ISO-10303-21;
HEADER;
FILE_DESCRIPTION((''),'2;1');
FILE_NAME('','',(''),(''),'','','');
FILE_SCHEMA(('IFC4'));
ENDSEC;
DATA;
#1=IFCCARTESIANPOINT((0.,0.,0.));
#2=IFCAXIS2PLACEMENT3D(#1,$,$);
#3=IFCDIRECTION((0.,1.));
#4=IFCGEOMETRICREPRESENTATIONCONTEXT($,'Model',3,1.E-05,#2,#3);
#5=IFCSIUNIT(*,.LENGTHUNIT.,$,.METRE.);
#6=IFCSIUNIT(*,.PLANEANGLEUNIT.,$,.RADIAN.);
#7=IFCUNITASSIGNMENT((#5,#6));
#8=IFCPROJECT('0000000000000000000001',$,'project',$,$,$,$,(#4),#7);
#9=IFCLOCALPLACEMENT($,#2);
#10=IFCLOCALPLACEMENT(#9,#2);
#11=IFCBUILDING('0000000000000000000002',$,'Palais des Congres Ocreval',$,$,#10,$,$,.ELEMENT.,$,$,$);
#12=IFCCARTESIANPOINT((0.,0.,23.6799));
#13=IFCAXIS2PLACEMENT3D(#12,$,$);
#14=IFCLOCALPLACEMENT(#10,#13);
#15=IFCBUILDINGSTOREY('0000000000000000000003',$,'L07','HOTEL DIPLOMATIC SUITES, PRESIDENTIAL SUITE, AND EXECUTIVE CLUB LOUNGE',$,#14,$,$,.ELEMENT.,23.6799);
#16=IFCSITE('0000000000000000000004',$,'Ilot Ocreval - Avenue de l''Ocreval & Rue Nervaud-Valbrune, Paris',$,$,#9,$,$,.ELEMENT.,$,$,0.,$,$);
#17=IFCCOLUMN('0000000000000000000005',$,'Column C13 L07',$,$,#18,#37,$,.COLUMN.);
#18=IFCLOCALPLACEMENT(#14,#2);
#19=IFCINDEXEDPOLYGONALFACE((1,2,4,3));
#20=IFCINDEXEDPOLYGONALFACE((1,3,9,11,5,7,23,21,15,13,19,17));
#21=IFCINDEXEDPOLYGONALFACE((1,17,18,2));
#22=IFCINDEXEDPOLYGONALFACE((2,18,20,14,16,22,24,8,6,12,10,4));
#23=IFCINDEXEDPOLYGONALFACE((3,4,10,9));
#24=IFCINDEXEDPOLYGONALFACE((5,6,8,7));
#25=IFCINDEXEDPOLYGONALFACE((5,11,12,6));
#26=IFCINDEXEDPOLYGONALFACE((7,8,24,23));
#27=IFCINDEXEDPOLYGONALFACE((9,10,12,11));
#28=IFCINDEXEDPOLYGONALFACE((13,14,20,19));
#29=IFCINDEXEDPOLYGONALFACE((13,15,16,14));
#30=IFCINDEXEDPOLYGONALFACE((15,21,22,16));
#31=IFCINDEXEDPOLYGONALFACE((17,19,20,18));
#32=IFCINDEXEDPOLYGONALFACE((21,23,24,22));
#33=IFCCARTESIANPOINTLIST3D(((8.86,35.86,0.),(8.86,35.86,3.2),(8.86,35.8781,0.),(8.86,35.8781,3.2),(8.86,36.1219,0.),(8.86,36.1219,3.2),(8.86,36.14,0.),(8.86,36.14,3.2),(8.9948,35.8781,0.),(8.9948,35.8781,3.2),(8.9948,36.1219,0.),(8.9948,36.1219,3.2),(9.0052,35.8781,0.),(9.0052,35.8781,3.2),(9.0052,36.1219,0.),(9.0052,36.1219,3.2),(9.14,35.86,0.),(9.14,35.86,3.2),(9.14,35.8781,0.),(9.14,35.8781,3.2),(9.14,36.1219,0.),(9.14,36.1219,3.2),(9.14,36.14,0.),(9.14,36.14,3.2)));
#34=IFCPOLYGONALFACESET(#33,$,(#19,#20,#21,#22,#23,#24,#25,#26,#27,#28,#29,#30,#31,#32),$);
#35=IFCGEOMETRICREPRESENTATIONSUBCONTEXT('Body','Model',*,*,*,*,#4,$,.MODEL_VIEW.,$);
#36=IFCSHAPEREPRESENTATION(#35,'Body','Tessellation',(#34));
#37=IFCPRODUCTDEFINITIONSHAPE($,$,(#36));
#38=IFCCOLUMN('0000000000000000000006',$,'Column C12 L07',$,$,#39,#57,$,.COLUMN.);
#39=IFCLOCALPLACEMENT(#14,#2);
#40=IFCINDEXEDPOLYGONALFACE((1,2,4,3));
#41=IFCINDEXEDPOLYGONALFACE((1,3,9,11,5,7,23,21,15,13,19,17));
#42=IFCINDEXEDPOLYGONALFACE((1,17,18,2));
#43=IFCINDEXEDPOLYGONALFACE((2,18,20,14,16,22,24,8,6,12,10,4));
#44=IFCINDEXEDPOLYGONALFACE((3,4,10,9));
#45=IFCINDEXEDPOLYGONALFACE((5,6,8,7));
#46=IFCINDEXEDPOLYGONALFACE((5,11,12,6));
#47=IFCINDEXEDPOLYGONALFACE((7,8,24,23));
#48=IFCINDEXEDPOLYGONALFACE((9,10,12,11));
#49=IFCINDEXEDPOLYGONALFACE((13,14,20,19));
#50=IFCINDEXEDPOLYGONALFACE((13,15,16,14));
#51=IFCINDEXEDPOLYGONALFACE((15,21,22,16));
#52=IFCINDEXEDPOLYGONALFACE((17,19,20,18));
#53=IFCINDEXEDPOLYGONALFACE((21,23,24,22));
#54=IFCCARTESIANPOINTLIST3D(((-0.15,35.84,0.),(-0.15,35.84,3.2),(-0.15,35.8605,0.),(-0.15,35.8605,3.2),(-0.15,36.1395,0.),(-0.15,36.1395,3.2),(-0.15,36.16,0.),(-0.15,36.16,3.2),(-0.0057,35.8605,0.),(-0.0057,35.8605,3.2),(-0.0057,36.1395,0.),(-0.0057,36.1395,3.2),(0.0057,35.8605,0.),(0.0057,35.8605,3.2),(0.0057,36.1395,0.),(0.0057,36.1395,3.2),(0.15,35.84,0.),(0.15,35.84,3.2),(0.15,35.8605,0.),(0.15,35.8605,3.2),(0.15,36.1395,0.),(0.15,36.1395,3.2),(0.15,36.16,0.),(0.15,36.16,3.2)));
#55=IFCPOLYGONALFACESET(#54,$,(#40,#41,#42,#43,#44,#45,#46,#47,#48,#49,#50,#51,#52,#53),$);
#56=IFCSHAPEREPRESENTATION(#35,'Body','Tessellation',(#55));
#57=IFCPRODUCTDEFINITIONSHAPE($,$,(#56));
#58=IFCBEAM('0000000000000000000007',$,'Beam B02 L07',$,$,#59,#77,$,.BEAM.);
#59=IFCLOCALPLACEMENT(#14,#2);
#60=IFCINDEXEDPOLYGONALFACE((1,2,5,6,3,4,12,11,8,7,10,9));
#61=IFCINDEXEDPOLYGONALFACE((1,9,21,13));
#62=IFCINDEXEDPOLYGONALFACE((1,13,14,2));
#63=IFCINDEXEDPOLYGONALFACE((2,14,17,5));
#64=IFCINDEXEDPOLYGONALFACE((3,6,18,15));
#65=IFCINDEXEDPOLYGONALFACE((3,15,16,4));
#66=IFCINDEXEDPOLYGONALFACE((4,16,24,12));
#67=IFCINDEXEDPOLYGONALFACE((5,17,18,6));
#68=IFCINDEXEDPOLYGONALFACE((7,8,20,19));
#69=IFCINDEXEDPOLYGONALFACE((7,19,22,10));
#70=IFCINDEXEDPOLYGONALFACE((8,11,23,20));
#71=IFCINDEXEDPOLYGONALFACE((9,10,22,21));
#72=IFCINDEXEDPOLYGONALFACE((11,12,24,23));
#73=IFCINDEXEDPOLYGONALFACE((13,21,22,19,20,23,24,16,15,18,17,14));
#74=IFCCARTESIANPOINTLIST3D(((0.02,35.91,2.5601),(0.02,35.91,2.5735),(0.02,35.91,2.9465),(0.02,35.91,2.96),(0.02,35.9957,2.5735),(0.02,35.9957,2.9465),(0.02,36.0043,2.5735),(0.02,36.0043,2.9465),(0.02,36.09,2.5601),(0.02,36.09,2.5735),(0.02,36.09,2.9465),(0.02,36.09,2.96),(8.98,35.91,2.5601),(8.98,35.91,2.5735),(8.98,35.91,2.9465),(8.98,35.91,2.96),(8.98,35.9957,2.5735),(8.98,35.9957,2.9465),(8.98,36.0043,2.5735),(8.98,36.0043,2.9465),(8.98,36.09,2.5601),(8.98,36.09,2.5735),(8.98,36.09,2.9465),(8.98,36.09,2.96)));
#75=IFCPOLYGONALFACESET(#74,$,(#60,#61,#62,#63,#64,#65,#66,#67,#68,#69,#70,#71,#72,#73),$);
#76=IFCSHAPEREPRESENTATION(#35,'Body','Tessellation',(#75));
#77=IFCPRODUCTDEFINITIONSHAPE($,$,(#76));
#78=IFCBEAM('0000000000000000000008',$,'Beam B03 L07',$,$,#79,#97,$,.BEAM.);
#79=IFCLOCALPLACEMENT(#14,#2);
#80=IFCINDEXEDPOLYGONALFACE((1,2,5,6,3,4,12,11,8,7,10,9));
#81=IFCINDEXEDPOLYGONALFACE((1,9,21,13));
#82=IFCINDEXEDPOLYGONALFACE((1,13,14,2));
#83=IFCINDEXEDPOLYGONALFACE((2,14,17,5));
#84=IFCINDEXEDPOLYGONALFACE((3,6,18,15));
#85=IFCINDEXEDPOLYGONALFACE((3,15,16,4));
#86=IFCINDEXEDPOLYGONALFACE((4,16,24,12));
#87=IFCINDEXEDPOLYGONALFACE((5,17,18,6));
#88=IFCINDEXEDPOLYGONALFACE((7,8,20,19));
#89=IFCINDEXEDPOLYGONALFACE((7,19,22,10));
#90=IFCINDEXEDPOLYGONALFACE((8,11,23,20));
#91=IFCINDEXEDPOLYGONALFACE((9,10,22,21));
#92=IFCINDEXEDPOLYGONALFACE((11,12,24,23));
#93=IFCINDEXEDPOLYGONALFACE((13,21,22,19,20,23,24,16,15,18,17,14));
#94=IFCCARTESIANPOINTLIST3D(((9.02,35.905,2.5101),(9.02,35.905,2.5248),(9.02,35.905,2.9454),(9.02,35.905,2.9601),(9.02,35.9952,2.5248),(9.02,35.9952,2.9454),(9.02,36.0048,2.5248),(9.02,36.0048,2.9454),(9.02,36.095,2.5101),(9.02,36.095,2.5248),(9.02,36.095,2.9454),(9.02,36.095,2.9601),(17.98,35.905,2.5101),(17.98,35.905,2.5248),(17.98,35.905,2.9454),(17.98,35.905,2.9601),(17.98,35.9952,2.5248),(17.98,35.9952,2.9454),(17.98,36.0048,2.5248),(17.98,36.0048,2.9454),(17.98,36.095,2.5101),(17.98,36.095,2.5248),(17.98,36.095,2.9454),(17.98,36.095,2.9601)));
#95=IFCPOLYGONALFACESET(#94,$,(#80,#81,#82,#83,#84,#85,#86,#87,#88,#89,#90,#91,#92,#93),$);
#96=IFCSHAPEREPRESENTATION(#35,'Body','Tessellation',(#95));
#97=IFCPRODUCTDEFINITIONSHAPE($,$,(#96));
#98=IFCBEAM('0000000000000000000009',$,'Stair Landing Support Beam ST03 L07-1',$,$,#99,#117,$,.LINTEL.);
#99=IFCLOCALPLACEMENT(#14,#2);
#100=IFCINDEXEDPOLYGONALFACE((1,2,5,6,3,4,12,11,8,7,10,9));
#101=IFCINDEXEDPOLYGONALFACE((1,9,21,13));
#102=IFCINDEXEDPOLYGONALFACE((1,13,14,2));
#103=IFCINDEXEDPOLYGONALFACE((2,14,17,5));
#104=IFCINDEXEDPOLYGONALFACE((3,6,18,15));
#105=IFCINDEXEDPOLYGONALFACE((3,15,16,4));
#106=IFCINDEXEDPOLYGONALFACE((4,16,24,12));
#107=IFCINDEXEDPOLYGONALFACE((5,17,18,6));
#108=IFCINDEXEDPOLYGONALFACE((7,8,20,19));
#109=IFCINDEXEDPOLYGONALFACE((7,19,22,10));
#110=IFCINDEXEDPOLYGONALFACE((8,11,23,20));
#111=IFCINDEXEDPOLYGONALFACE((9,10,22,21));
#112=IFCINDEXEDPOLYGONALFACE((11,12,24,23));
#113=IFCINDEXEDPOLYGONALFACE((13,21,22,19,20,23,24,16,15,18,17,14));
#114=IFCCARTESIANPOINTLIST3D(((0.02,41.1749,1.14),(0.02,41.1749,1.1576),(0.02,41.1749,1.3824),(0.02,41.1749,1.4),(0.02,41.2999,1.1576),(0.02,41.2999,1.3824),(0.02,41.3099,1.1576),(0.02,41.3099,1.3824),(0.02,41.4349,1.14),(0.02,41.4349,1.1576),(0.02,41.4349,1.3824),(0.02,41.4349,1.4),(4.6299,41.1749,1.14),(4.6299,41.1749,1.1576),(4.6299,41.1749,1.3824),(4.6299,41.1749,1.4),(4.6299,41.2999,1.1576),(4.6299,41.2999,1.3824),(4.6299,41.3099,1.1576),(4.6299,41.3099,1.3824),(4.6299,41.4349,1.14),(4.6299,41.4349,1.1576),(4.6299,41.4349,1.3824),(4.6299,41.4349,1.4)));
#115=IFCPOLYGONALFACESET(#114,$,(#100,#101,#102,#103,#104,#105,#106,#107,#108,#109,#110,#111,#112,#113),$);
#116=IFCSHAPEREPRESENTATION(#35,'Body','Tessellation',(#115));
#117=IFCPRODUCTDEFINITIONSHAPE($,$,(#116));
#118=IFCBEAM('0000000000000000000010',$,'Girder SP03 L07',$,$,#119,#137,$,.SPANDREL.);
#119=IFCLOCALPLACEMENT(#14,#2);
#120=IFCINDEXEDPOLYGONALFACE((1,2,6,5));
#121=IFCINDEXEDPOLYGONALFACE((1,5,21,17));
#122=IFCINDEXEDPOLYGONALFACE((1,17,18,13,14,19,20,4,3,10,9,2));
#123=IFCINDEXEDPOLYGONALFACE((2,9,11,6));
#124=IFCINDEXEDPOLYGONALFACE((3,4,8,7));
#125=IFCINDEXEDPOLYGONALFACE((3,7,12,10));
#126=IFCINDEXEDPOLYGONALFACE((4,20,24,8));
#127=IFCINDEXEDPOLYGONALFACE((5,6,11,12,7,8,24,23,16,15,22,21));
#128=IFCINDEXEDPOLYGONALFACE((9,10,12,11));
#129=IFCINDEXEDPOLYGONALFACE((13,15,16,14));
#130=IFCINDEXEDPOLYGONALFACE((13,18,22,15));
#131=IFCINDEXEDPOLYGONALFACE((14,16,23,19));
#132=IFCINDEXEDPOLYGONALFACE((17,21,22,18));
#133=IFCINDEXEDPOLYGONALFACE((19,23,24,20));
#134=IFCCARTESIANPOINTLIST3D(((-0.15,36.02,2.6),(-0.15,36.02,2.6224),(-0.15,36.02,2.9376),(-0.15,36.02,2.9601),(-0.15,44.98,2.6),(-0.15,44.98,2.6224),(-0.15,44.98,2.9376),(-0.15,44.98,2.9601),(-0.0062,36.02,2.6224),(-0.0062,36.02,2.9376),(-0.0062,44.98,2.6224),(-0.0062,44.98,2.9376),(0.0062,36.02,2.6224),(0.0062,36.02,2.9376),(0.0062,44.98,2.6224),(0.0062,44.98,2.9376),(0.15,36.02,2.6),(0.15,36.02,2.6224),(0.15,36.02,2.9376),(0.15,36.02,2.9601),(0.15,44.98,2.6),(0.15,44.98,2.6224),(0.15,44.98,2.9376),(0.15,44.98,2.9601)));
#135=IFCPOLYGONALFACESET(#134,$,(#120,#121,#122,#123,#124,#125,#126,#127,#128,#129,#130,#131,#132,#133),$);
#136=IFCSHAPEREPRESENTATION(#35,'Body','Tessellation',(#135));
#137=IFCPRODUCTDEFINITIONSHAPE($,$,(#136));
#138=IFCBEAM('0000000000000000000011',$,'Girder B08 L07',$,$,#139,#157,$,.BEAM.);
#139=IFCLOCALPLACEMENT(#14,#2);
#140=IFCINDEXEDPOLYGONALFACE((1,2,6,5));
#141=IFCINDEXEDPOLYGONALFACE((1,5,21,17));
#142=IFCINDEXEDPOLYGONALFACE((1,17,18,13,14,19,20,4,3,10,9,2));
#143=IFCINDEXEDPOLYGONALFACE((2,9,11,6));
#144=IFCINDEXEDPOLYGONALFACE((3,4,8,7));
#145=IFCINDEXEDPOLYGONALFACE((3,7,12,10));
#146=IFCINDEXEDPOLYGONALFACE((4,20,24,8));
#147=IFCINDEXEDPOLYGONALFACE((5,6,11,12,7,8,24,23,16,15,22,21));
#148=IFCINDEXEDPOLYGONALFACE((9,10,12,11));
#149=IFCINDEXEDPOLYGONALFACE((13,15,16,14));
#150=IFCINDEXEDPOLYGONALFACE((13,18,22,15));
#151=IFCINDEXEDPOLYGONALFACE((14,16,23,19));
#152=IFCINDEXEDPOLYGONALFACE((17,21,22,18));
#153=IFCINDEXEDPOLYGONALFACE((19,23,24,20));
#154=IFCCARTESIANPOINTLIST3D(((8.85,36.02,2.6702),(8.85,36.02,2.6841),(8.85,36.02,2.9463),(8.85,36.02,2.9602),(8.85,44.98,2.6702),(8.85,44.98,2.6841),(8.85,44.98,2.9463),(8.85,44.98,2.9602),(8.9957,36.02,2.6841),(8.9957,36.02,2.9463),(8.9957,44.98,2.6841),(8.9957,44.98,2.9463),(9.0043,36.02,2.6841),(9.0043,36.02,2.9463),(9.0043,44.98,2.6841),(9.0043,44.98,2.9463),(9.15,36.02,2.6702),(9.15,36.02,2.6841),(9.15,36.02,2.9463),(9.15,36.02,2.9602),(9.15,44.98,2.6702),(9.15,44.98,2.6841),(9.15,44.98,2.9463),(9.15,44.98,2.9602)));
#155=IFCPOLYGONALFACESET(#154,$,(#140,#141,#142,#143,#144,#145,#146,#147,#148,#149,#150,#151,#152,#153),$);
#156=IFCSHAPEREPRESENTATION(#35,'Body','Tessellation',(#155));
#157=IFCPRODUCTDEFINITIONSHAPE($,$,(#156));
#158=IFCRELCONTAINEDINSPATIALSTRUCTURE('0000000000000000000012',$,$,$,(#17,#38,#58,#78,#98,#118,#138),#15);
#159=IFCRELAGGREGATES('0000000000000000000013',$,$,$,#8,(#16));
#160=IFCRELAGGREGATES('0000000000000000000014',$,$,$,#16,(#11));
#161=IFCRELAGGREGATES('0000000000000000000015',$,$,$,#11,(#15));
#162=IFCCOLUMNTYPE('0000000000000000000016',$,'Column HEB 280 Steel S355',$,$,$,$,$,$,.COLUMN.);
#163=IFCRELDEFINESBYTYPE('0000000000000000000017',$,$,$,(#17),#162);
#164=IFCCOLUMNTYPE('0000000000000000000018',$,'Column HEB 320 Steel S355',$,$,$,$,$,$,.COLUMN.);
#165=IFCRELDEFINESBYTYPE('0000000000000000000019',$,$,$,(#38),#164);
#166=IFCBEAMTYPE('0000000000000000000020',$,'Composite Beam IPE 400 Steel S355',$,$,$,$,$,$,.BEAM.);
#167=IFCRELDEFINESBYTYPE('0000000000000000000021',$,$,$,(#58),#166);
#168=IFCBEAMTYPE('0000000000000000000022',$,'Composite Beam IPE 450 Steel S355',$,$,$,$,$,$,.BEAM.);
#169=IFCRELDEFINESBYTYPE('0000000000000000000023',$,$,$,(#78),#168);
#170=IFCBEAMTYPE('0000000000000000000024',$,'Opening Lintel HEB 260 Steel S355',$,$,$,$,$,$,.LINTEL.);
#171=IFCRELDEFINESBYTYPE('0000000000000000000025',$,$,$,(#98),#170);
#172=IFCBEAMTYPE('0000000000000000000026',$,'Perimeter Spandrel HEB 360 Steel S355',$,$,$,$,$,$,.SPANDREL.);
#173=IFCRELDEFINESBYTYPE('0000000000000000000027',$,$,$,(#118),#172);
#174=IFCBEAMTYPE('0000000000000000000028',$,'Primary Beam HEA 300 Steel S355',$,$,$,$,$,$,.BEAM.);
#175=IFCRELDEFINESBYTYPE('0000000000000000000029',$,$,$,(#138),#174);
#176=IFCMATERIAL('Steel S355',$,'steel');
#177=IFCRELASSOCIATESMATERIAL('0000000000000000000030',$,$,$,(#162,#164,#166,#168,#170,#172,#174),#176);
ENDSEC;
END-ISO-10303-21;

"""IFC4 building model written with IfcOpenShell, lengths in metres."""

from ifc_helpers import new_model, si_unit, direction, frame, origin, origin_2d, place, context, subcontext, project, spatial, i_section, extrude, material, material_profile, profile_set, type_object, element, save


model = new_model("IFC4")

# Units and contexts
model_context = context("Model", 3, precision=1e-05, world=origin(), true_north=direction((0.0, 1.0)))
body_context = subcontext(model_context, "Body", "Model", "MODEL_VIEW")
ifc_project = project(units=[si_unit("LENGTHUNIT", "METRE"), si_unit("PLANEANGLEUNIT", "RADIAN")], contexts=[model_context])

# Site, building, storey
site_placement = place(None, origin())
site = spatial("IfcSite", under=ifc_project, at=site_placement, Name="Ilot Ocreval - Avenue de l'Ocreval & Rue Nervaud-Valbrune, Paris", CompositionType="ELEMENT", RefElevation=0.0)
building_placement = place(site_placement, origin())
building = spatial("IfcBuilding", under=site, at=building_placement, Name="Palais des Congres Ocreval", CompositionType="ELEMENT")
storey_placement = place(building_placement, frame((0.0, 0.0, 23.6799)))
storey = spatial("IfcBuildingStorey", under=building, at=storey_placement, Name="L07", Description="HOTEL DIPLOMATIC SUITES, PRESIDENTIAL SUITE, AND EXECUTIVE CLUB LOUNGE", CompositionType="ELEMENT", Elevation=23.6799)

# Columns
ifc_material_1 = material(Name="Steel S355", Category="steel")
ifc_material_profile_1 = material_profile(ifc_material_1, i_section(OverallWidth=0.28, OverallDepth=0.28, WebThickness=0.0105, FlangeThickness=0.0181, at=origin_2d()), Name="HEB 280")
ifc_profile_set_1 = profile_set([ifc_material_profile_1], Name="Steel S355")
column_type_1 = type_object("IfcColumnType", Name="Column HEB 280 Steel S355", PredefinedType="COLUMN", material=ifc_profile_set_1)
column_1_placement = place(storey_placement, frame((9.0, 36.0, 0.0), z_axis=(0.0, 0.0, 1.0), x_axis=(1.0, 0.0, 0.0)))
element("IfcColumn", 1, at=column_1_placement, inside=storey, type_object=column_type_1, Name="Column C13 L07", PredefinedType="COLUMN", context=body_context, shape_type="SweptSolid", body=[
    extrude(i_section(OverallWidth=0.28, OverallDepth=0.28, WebThickness=0.0105, FlangeThickness=0.0181, at=origin_2d()), origin(), (0.0, 0.0, 1.0), 3.2),
])
ifc_material_profile_2 = material_profile(ifc_material_1, i_section(OverallWidth=0.3, OverallDepth=0.3201, WebThickness=0.0115, FlangeThickness=0.0205, at=origin_2d()), Name="HEB 320")
ifc_profile_set_2 = profile_set([ifc_material_profile_2], Name="Steel S355")
column_type_2 = type_object("IfcColumnType", Name="Column HEB 320 Steel S355", PredefinedType="COLUMN", material=ifc_profile_set_2)
column_2_placement = place(storey_placement, frame((0.0, 36.0, 0.0), z_axis=(0.0, 0.0, 1.0), x_axis=(1.0, 0.0, 0.0)))
element("IfcColumn", 2, at=column_2_placement, inside=storey, type_object=column_type_2, Name="Column C12 L07", PredefinedType="COLUMN", context=body_context, shape_type="SweptSolid", body=[
    extrude(i_section(OverallWidth=0.3, OverallDepth=0.3201, WebThickness=0.0115, FlangeThickness=0.0205, at=origin_2d()), origin(), (0.0, 0.0, 1.0), 3.2),
])

# Beams
ifc_material_profile_3 = material_profile(ifc_material_1, i_section(OverallWidth=0.1799, OverallDepth=0.3999, WebThickness=0.0085, FlangeThickness=0.0134, at=origin_2d()), Name="IPE 400")
ifc_profile_set_3 = profile_set([ifc_material_profile_3], Name="Steel S355")
beam_type_1 = type_object("IfcBeamType", Name="Composite Beam IPE 400 Steel S355", PredefinedType="BEAM", material=ifc_profile_set_3)
beam_1_placement = place(storey_placement, frame((0.02, 36.0, 2.76), z_axis=(1.0, 0.0, 0.0), x_axis=(0.0, 1.0, 0.0)))
element("IfcBeam", 3, at=beam_1_placement, inside=storey, type_object=beam_type_1, Name="Beam B02 L07", PredefinedType="BEAM", context=body_context, shape_type="SweptSolid", body=[
    extrude(i_section(OverallWidth=0.1799, OverallDepth=0.3999, WebThickness=0.0085, FlangeThickness=0.0134, at=origin_2d()), origin(), (0.0, 0.0, 1.0), 8.96),
])
ifc_material_profile_4 = material_profile(ifc_material_1, i_section(OverallWidth=0.1899, OverallDepth=0.45, WebThickness=0.0095, FlangeThickness=0.0146, at=origin_2d()), Name="IPE 450")
ifc_profile_set_4 = profile_set([ifc_material_profile_4], Name="Steel S355")
beam_type_2 = type_object("IfcBeamType", Name="Composite Beam IPE 450 Steel S355", PredefinedType="BEAM", material=ifc_profile_set_4)
beam_2_placement = place(storey_placement, frame((9.02, 36.0, 2.7351), z_axis=(1.0, 0.0, 0.0), x_axis=(0.0, 1.0, 0.0)))
element("IfcBeam", 4, at=beam_2_placement, inside=storey, type_object=beam_type_2, Name="Beam B03 L07", PredefinedType="BEAM", context=body_context, shape_type="SweptSolid", body=[
    extrude(i_section(OverallWidth=0.1899, OverallDepth=0.45, WebThickness=0.0095, FlangeThickness=0.0146, at=origin_2d()), origin(), (0.0, 0.0, 1.0), 8.96),
])
ifc_material_profile_5 = material_profile(ifc_material_1, i_section(OverallWidth=0.26, OverallDepth=0.26, WebThickness=0.01, FlangeThickness=0.0176, at=origin_2d()), Name="HEB 260")
ifc_profile_set_5 = profile_set([ifc_material_profile_5], Name="Steel S355")
beam_type_3 = type_object("IfcBeamType", Name="Opening Lintel HEB 260 Steel S355", PredefinedType="LINTEL", material=ifc_profile_set_5)
beam_3_placement = place(storey_placement, frame((0.02, 41.3049, 1.27), z_axis=(1.0, 0.0, 0.0), x_axis=(0.0, 1.0, 0.0)))
element("IfcBeam", 5, at=beam_3_placement, inside=storey, type_object=beam_type_3, Name="Stair Landing Support Beam ST03 L07-1", PredefinedType="LINTEL", context=body_context, shape_type="SweptSolid", body=[
    extrude(i_section(OverallWidth=0.26, OverallDepth=0.26, WebThickness=0.01, FlangeThickness=0.0176, at=origin_2d()), origin(), (0.0, 0.0, 1.0), 4.6099),
])
ifc_material_profile_6 = material_profile(ifc_material_1, i_section(OverallWidth=0.3, OverallDepth=0.3601, WebThickness=0.0125, FlangeThickness=0.0225, at=origin_2d()), Name="HEB 360")
ifc_profile_set_6 = profile_set([ifc_material_profile_6], Name="Steel S355")
beam_type_4 = type_object("IfcBeamType", Name="Perimeter Spandrel HEB 360 Steel S355", PredefinedType="SPANDREL", material=ifc_profile_set_6)
beam_4_placement = place(storey_placement, frame((0.0, 36.02, 2.78), z_axis=(0.0, 1.0, 0.0), x_axis=(-1.0, 0.0, 0.0)))
element("IfcBeam", 6, at=beam_4_placement, inside=storey, type_object=beam_type_4, Name="Girder SP03 L07", PredefinedType="SPANDREL", context=body_context, shape_type="SweptSolid", body=[
    extrude(i_section(OverallWidth=0.3, OverallDepth=0.3601, WebThickness=0.0125, FlangeThickness=0.0225, at=origin_2d()), origin(), (0.0, 0.0, 1.0), 8.96),
])
ifc_material_profile_7 = material_profile(ifc_material_1, i_section(OverallWidth=0.3, OverallDepth=0.29, WebThickness=0.0085, FlangeThickness=0.0139, at=origin_2d()), Name="HEA 300")
ifc_profile_set_7 = profile_set([ifc_material_profile_7], Name="Steel S355")
beam_type_5 = type_object("IfcBeamType", Name="Primary Beam HEA 300 Steel S355", PredefinedType="BEAM", material=ifc_profile_set_7)
beam_5_placement = place(storey_placement, frame((9.0, 36.02, 2.8152), z_axis=(0.0, 1.0, 0.0), x_axis=(-1.0, 0.0, 0.0)))
element("IfcBeam", 7, at=beam_5_placement, inside=storey, type_object=beam_type_5, Name="Girder B08 L07", PredefinedType="BEAM", context=body_context, shape_type="SweptSolid", body=[
    extrude(i_section(OverallWidth=0.3, OverallDepth=0.29, WebThickness=0.0085, FlangeThickness=0.0139, at=origin_2d()), origin(), (0.0, 0.0, 1.0), 8.96),
])

save(model, "model.ifc")
